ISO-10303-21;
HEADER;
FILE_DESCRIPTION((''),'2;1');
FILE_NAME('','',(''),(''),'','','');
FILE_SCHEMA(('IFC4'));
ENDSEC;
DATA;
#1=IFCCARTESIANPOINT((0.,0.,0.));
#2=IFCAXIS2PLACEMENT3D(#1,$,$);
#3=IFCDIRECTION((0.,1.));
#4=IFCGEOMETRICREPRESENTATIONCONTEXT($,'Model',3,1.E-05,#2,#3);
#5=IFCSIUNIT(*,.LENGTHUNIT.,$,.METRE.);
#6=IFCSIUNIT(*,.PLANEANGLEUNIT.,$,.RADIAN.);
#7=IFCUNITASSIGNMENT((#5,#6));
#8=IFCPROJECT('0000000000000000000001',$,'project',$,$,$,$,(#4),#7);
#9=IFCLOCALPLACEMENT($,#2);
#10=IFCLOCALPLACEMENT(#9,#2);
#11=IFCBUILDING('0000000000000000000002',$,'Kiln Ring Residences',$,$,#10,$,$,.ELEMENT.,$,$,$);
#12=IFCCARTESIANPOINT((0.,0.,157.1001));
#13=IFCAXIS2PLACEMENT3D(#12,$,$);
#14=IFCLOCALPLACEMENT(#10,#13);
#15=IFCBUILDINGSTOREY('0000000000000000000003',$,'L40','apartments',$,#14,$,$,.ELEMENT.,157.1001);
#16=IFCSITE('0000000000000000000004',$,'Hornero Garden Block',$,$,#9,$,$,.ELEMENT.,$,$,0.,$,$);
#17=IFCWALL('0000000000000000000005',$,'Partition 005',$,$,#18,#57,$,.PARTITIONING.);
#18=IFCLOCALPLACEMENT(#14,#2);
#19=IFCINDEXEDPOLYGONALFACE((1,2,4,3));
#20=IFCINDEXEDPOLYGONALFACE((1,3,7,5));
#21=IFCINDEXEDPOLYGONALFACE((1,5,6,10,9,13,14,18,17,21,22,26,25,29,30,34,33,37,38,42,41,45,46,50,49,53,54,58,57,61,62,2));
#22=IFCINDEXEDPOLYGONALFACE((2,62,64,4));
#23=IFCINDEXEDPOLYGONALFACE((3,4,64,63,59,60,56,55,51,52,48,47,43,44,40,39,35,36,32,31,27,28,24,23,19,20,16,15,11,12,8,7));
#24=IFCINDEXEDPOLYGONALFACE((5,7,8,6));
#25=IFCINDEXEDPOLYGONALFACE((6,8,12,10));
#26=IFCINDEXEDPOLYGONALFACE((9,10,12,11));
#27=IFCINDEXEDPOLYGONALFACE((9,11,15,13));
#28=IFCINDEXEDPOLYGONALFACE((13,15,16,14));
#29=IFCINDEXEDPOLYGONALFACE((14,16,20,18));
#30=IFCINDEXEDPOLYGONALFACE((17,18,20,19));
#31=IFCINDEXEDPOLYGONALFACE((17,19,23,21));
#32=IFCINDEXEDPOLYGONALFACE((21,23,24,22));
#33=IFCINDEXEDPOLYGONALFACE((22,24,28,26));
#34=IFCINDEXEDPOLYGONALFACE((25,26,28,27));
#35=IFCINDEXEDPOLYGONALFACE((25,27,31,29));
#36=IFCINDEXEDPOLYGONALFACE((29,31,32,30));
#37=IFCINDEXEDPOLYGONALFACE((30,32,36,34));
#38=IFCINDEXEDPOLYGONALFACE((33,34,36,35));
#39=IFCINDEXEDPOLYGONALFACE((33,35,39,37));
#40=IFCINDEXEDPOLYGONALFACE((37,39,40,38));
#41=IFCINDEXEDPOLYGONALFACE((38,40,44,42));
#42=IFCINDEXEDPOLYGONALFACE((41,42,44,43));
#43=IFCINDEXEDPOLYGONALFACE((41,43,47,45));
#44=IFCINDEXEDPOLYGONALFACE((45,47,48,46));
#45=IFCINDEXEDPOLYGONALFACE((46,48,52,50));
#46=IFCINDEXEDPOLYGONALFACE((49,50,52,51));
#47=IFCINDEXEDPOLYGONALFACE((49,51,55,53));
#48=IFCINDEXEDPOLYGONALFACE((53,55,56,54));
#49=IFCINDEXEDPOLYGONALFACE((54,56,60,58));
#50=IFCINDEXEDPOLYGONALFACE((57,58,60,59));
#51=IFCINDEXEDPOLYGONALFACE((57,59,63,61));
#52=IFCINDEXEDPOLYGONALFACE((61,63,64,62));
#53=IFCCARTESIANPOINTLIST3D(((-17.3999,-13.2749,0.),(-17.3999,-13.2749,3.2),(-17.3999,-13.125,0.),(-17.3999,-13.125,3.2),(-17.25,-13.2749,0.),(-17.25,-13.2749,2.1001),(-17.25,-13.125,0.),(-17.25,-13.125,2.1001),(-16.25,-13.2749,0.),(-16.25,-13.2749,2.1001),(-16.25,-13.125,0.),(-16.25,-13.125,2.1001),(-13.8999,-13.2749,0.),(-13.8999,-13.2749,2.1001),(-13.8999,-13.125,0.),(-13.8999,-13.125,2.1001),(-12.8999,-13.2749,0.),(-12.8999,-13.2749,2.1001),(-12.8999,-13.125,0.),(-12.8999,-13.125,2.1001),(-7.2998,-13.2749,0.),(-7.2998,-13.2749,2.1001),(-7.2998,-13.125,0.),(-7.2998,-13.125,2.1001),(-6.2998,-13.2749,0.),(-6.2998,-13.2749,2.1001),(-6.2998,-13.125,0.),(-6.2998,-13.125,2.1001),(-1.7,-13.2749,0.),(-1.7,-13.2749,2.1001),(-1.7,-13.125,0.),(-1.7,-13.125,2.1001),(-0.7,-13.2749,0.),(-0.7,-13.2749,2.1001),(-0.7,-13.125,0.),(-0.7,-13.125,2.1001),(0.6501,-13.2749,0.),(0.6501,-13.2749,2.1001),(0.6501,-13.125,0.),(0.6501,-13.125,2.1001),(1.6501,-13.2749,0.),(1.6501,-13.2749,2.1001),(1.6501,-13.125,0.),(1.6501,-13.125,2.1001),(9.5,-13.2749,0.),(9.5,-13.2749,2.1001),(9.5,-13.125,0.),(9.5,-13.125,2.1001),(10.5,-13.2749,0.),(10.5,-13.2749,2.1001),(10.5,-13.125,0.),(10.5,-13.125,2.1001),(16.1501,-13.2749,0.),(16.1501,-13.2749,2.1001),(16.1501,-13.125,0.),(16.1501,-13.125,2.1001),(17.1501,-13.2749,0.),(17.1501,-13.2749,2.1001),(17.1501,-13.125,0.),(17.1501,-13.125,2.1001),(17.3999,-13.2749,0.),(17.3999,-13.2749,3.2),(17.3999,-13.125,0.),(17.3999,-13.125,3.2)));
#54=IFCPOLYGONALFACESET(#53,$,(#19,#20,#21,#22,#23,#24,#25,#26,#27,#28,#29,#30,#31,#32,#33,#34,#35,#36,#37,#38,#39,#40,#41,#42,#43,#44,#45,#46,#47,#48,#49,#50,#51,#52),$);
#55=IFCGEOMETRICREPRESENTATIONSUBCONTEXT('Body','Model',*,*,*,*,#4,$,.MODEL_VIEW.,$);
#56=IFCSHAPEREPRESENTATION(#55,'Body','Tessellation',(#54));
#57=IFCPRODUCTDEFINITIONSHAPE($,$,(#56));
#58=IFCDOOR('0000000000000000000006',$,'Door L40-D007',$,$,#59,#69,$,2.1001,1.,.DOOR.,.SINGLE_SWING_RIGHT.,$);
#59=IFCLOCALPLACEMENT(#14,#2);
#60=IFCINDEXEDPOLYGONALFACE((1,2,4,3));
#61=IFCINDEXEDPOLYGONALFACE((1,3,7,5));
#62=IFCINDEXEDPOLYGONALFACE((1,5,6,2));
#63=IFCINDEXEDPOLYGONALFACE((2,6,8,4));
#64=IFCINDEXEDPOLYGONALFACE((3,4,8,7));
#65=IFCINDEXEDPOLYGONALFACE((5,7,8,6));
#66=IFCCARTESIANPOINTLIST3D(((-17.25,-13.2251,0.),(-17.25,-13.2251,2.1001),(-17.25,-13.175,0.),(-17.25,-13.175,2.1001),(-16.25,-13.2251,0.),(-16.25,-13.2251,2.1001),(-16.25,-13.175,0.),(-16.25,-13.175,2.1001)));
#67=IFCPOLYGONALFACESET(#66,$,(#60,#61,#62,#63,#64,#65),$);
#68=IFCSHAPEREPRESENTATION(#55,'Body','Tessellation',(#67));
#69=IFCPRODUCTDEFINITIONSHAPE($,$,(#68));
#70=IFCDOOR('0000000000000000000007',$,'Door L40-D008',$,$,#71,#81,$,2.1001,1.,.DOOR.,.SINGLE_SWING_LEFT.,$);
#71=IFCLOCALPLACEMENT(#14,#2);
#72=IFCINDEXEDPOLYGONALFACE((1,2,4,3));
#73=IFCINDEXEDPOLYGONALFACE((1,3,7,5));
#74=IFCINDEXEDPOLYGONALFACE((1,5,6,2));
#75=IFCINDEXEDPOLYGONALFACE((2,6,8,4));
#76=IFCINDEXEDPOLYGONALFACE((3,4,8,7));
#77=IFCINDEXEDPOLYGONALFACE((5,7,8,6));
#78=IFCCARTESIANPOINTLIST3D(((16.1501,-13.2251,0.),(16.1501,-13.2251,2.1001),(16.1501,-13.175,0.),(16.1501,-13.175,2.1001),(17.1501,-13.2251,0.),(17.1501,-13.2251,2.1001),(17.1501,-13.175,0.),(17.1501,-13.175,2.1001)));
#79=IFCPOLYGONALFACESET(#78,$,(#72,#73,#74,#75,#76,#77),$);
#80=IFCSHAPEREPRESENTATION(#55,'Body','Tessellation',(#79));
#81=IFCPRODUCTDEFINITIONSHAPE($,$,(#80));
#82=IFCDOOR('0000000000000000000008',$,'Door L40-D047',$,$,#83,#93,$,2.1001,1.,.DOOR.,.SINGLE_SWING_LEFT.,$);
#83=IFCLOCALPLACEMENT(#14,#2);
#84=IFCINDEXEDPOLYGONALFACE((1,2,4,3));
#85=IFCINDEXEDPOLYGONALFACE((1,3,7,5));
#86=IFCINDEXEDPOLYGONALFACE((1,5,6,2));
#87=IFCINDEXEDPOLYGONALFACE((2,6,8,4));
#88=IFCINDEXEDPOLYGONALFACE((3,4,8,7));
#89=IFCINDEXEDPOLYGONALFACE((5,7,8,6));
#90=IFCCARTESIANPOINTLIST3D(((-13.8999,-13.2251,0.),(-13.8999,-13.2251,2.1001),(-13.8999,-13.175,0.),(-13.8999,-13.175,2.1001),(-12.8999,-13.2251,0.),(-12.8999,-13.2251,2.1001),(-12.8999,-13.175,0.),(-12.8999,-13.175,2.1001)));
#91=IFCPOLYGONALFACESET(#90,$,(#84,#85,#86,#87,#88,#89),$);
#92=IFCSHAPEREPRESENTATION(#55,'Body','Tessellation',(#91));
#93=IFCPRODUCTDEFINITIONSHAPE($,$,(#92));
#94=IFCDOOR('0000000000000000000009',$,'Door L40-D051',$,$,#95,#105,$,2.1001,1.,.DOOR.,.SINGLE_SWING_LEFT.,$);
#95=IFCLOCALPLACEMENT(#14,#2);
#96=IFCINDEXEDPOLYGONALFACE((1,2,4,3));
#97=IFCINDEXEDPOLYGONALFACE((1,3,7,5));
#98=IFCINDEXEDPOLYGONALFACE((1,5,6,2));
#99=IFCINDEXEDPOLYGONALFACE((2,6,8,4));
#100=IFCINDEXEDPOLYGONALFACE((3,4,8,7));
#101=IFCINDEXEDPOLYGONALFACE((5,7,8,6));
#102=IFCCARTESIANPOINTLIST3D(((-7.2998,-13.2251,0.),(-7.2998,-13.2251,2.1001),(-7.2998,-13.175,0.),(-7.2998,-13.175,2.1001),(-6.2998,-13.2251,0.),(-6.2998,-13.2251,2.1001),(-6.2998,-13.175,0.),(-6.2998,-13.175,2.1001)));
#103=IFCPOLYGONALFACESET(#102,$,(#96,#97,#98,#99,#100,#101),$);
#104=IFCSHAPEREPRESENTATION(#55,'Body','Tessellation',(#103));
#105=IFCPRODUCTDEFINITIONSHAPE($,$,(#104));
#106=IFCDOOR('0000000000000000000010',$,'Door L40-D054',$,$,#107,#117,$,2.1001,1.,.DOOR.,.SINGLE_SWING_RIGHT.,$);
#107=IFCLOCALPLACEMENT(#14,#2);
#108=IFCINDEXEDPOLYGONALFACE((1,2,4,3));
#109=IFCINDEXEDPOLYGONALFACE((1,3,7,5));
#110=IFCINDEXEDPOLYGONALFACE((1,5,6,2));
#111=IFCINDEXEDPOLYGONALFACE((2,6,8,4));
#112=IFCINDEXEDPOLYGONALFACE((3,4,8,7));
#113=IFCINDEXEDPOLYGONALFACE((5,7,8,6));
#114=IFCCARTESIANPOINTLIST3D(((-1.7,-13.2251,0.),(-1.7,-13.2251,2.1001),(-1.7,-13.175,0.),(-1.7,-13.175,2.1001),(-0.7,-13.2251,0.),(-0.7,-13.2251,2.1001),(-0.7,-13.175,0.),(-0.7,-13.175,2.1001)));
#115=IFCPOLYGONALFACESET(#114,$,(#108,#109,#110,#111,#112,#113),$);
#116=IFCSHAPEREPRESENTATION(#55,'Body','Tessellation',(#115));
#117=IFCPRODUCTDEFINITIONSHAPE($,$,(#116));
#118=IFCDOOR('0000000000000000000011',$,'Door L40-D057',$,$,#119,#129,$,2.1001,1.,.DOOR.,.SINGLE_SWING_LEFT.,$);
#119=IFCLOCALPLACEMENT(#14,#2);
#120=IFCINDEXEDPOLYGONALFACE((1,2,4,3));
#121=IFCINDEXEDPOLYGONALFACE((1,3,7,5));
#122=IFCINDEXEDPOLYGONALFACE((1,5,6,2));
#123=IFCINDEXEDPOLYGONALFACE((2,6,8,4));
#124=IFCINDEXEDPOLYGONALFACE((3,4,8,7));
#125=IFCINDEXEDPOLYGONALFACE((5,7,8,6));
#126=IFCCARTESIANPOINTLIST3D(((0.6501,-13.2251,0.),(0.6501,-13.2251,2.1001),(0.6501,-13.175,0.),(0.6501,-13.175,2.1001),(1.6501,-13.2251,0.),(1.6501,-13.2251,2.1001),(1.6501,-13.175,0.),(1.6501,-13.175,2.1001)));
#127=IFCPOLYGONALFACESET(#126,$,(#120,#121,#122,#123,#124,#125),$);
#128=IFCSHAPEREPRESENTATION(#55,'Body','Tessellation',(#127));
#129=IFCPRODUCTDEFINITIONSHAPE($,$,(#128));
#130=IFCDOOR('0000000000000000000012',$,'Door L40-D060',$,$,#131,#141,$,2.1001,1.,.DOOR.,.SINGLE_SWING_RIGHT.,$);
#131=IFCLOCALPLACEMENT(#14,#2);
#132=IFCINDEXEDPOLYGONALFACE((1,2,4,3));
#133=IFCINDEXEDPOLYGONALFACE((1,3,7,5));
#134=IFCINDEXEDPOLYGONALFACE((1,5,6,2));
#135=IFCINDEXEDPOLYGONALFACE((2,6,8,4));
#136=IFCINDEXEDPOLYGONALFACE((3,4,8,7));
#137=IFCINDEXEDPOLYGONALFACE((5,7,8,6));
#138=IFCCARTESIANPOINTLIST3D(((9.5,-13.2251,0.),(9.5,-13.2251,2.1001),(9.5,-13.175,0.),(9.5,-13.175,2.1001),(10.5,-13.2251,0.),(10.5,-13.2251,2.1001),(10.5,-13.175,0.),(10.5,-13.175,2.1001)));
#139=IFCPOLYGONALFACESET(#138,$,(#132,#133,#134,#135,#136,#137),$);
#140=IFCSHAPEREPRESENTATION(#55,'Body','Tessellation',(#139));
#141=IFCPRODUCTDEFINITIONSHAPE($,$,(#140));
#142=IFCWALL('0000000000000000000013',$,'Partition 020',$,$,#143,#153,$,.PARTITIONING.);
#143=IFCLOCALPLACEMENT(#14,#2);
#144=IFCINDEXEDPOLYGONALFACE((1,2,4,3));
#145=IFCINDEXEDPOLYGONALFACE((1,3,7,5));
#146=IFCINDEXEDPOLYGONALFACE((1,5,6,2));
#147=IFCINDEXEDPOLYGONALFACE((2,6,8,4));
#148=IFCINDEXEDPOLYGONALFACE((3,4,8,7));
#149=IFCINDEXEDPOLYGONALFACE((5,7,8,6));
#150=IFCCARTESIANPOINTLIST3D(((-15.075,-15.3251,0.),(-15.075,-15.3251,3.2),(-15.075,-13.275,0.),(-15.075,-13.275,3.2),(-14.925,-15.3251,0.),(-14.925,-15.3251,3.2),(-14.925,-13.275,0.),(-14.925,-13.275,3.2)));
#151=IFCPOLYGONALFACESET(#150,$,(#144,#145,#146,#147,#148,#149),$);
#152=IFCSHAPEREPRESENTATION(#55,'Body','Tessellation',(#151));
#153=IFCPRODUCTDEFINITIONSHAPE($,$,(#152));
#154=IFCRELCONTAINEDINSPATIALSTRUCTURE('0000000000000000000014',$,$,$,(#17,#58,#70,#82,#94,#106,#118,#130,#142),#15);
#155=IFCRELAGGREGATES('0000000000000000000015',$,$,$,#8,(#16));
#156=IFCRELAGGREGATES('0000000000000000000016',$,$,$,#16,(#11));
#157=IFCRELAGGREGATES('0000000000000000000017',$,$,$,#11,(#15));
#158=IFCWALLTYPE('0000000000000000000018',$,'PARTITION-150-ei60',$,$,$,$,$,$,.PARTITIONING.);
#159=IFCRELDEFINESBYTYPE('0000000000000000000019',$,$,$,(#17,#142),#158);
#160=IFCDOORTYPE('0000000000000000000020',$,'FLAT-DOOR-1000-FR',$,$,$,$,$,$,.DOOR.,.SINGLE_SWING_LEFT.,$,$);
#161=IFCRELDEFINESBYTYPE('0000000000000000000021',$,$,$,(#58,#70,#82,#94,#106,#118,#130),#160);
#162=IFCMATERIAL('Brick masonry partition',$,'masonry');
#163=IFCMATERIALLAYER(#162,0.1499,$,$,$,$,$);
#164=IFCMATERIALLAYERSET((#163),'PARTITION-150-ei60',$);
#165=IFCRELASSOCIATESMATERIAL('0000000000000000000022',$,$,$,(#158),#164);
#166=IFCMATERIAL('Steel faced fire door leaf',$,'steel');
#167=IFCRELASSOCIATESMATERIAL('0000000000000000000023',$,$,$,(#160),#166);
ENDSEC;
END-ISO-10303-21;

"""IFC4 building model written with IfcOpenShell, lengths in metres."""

from ifc_helpers import new_model, si_unit, direction, frame, frame_2d, origin, place, context, subcontext, project, spatial, rectangle, extrude, material, layer, layer_set, type_object, element, fill, save


model = new_model("IFC4")

# Units and contexts
model_context = context("Model", 3, precision=1e-05, world=origin(), true_north=direction((0.0, 1.0)))
body_context = subcontext(model_context, "Body", "Model", "MODEL_VIEW")
ifc_project = project(units=[si_unit("LENGTHUNIT", "METRE"), si_unit("PLANEANGLEUNIT", "RADIAN")], contexts=[model_context])

# Site, building, storey
site_placement = place(None, origin())
site = spatial("IfcSite", under=ifc_project, at=site_placement, Name="Hornero Garden Block", CompositionType="ELEMENT", RefElevation=0.0)
building_placement = place(site_placement, origin())
building = spatial("IfcBuilding", under=site, at=building_placement, Name="Kiln Ring Residences", CompositionType="ELEMENT")
storey_placement = place(building_placement, frame((0.0, 0.0, 157.1001)))
storey = spatial("IfcBuildingStorey", under=building, at=storey_placement, Name="L40", Description="apartments", CompositionType="ELEMENT", Elevation=157.1001)

# Wall, openings, doors
ifc_material_1 = material(Name="Brick masonry partition", Category="masonry")
ifc_layer_1 = layer(ifc_material_1, 0.1499)
ifc_layer_set_1 = layer_set([ifc_layer_1], Name="PARTITION-150-ei60")
wall_type_1 = type_object("IfcWallType", Name="PARTITION-150-ei60", PredefinedType="PARTITIONING", material=ifc_layer_set_1)
wall_1_placement = place(storey_placement, frame((-17.3999, -13.2, 0.0), z_axis=(0.0, 0.0, 1.0), x_axis=(1.0, 0.0, 0.0)))
wall_1 = element("IfcWall", 1, at=wall_1_placement, inside=storey, type_object=wall_type_1, Name="Partition 005", PredefinedType="PARTITIONING", context=body_context, shape_type="SweptSolid", body=[
    extrude(rectangle(XDim=34.7998, YDim=0.1499, at=frame_2d((17.3999, 0.0))), origin(), (0.0, 0.0, 1.0), 3.2),
])
opening_1_placement = place(wall_1_placement, frame((0.1499, 0.0, 0.0)))
opening_1 = element("IfcOpeningElement", 2, at=opening_1_placement, cuts=wall_1, PredefinedType="OPENING", context=body_context, shape_type="SweptSolid", body=[
    extrude(rectangle(XDim=1.0, YDim=2.1001, at=frame_2d((0.5, 1.05))), frame((0.0, 0.085, 0.0), z_axis=(0.0, -1.0, 0.0), x_axis=(1.0, 0.0, 0.0)), (0.0, 0.0, 1.0), 0.1699),
])
opening_2_placement = place(wall_1_placement, frame((33.55, 0.0, 0.0)))
opening_2 = element("IfcOpeningElement", 3, at=opening_2_placement, cuts=wall_1, PredefinedType="OPENING", context=body_context, shape_type="SweptSolid", body=[
    extrude(rectangle(XDim=1.0, YDim=2.1001, at=frame_2d((0.5, 1.05))), frame((0.0, 0.085, 0.0), z_axis=(0.0, -1.0, 0.0), x_axis=(1.0, 0.0, 0.0)), (0.0, 0.0, 1.0), 0.1699),
])
opening_3_placement = place(wall_1_placement, frame((3.5, 0.0, 0.0)))
opening_3 = element("IfcOpeningElement", 4, at=opening_3_placement, cuts=wall_1, PredefinedType="OPENING", context=body_context, shape_type="SweptSolid", body=[
    extrude(rectangle(XDim=1.0, YDim=2.1001, at=frame_2d((0.5, 1.05))), frame((0.0, 0.085, 0.0), z_axis=(0.0, -1.0, 0.0), x_axis=(1.0, 0.0, 0.0)), (0.0, 0.0, 1.0), 0.1699),
])
opening_4_placement = place(wall_1_placement, frame((10.1001, 0.0, 0.0)))
opening_4 = element("IfcOpeningElement", 5, at=opening_4_placement, cuts=wall_1, PredefinedType="OPENING", context=body_context, shape_type="SweptSolid", body=[
    extrude(rectangle(XDim=1.0, YDim=2.1001, at=frame_2d((0.5, 1.05))), frame((0.0, 0.085, 0.0), z_axis=(0.0, -1.0, 0.0), x_axis=(1.0, 0.0, 0.0)), (0.0, 0.0, 1.0), 0.1699),
])
opening_5_placement = place(wall_1_placement, frame((15.7, 0.0, 0.0)))
opening_5 = element("IfcOpeningElement", 6, at=opening_5_placement, cuts=wall_1, PredefinedType="OPENING", context=body_context, shape_type="SweptSolid", body=[
    extrude(rectangle(XDim=1.0, YDim=2.1001, at=frame_2d((0.5, 1.05))), frame((0.0, 0.085, 0.0), z_axis=(0.0, -1.0, 0.0), x_axis=(1.0, 0.0, 0.0)), (0.0, 0.0, 1.0), 0.1699),
])
opening_6_placement = place(wall_1_placement, frame((18.05, 0.0, 0.0)))
opening_6 = element("IfcOpeningElement", 7, at=opening_6_placement, cuts=wall_1, PredefinedType="OPENING", context=body_context, shape_type="SweptSolid", body=[
    extrude(rectangle(XDim=1.0, YDim=2.1001, at=frame_2d((0.5, 1.05))), frame((0.0, 0.085, 0.0), z_axis=(0.0, -1.0, 0.0), x_axis=(1.0, 0.0, 0.0)), (0.0, 0.0, 1.0), 0.1699),
])
opening_7_placement = place(wall_1_placement, frame((26.8999, 0.0, 0.0)))
opening_7 = element("IfcOpeningElement", 8, at=opening_7_placement, cuts=wall_1, PredefinedType="OPENING", context=body_context, shape_type="SweptSolid", body=[
    extrude(rectangle(XDim=1.0, YDim=2.1001, at=frame_2d((0.5, 1.05))), frame((0.0, 0.085, 0.0), z_axis=(0.0, -1.0, 0.0), x_axis=(1.0, 0.0, 0.0)), (0.0, 0.0, 1.0), 0.1699),
])
ifc_material_2 = material(Name="Steel faced fire door leaf", Category="steel")
door_type = type_object("IfcDoorType", Name="FLAT-DOOR-1000-FR", OperationType="SINGLE_SWING_LEFT", PredefinedType="DOOR", material=ifc_material_2)
door_1_placement = place(opening_1_placement, origin())
door_1 = element("IfcDoor", 9, at=door_1_placement, inside=storey, type_object=door_type, Name="Door L40-D007", OperationType="SINGLE_SWING_RIGHT", OverallHeight=2.1001, OverallWidth=1.0, PredefinedType="DOOR", context=body_context, shape_type="SweptSolid", body=[
    extrude(rectangle(XDim=1.0, YDim=2.1001, at=frame_2d((0.5, 1.05))), frame((0.0, 0.0249, 0.0), z_axis=(0.0, -1.0, 0.0), x_axis=(1.0, 0.0, 0.0)), (0.0, 0.0, 1.0), 0.05),
])
fill(opening_1, door_1)
door_2_placement = place(opening_2_placement, origin())
door_2 = element("IfcDoor", 10, at=door_2_placement, inside=storey, type_object=door_type, Name="Door L40-D008", OperationType="SINGLE_SWING_LEFT", OverallHeight=2.1001, OverallWidth=1.0, PredefinedType="DOOR", context=body_context, shape_type="SweptSolid", body=[
    extrude(rectangle(XDim=1.0, YDim=2.1001, at=frame_2d((0.5, 1.05))), frame((0.0, 0.0249, 0.0), z_axis=(0.0, -1.0, 0.0), x_axis=(1.0, 0.0, 0.0)), (0.0, 0.0, 1.0), 0.05),
])
fill(opening_2, door_2)
door_3_placement = place(opening_3_placement, origin())
door_3 = element("IfcDoor", 11, at=door_3_placement, inside=storey, type_object=door_type, Name="Door L40-D047", OperationType="SINGLE_SWING_LEFT", OverallHeight=2.1001, OverallWidth=1.0, PredefinedType="DOOR", context=body_context, shape_type="SweptSolid", body=[
    extrude(rectangle(XDim=1.0, YDim=2.1001, at=frame_2d((0.5, 1.05))), frame((0.0, 0.0249, 0.0), z_axis=(0.0, -1.0, 0.0), x_axis=(1.0, 0.0, 0.0)), (0.0, 0.0, 1.0), 0.05),
])
fill(opening_3, door_3)
door_4_placement = place(opening_4_placement, origin())
door_4 = element("IfcDoor", 12, at=door_4_placement, inside=storey, type_object=door_type, Name="Door L40-D051", OperationType="SINGLE_SWING_LEFT", OverallHeight=2.1001, OverallWidth=1.0, PredefinedType="DOOR", context=body_context, shape_type="SweptSolid", body=[
    extrude(rectangle(XDim=1.0, YDim=2.1001, at=frame_2d((0.5, 1.05))), frame((0.0, 0.0249, 0.0), z_axis=(0.0, -1.0, 0.0), x_axis=(1.0, 0.0, 0.0)), (0.0, 0.0, 1.0), 0.05),
])
fill(opening_4, door_4)
door_5_placement = place(opening_5_placement, origin())
door_5 = element("IfcDoor", 13, at=door_5_placement, inside=storey, type_object=door_type, Name="Door L40-D054", OperationType="SINGLE_SWING_RIGHT", OverallHeight=2.1001, OverallWidth=1.0, PredefinedType="DOOR", context=body_context, shape_type="SweptSolid", body=[
    extrude(rectangle(XDim=1.0, YDim=2.1001, at=frame_2d((0.5, 1.05))), frame((0.0, 0.0249, 0.0), z_axis=(0.0, -1.0, 0.0), x_axis=(1.0, 0.0, 0.0)), (0.0, 0.0, 1.0), 0.05),
])
fill(opening_5, door_5)
door_6_placement = place(opening_6_placement, origin())
door_6 = element("IfcDoor", 14, at=door_6_placement, inside=storey, type_object=door_type, Name="Door L40-D057", OperationType="SINGLE_SWING_LEFT", OverallHeight=2.1001, OverallWidth=1.0, PredefinedType="DOOR", context=body_context, shape_type="SweptSolid", body=[
    extrude(rectangle(XDim=1.0, YDim=2.1001, at=frame_2d((0.5, 1.05))), frame((0.0, 0.0249, 0.0), z_axis=(0.0, -1.0, 0.0), x_axis=(1.0, 0.0, 0.0)), (0.0, 0.0, 1.0), 0.05),
])
fill(opening_6, door_6)
door_7_placement = place(opening_7_placement, origin())
door_7 = element("IfcDoor", 15, at=door_7_placement, inside=storey, type_object=door_type, Name="Door L40-D060", OperationType="SINGLE_SWING_RIGHT", OverallHeight=2.1001, OverallWidth=1.0, PredefinedType="DOOR", context=body_context, shape_type="SweptSolid", body=[
    extrude(rectangle(XDim=1.0, YDim=2.1001, at=frame_2d((0.5, 1.05))), frame((0.0, 0.0249, 0.0), z_axis=(0.0, -1.0, 0.0), x_axis=(1.0, 0.0, 0.0)), (0.0, 0.0, 1.0), 0.05),
])
fill(opening_7, door_7)

# Wall
wall_2_placement = place(storey_placement, frame((-15.0, -15.325, 0.0), z_axis=(0.0, 0.0, 1.0), x_axis=(0.0, 1.0, 0.0)))
element("IfcWall", 16, at=wall_2_placement, inside=storey, type_object=wall_type_1, Name="Partition 020", PredefinedType="PARTITIONING", context=body_context, shape_type="SweptSolid", body=[
    extrude(rectangle(XDim=2.05, YDim=0.1499, at=frame_2d((1.0249, 0.0))), origin(), (0.0, 0.0, 1.0), 3.2),
])

save(model, "model.ifc")
